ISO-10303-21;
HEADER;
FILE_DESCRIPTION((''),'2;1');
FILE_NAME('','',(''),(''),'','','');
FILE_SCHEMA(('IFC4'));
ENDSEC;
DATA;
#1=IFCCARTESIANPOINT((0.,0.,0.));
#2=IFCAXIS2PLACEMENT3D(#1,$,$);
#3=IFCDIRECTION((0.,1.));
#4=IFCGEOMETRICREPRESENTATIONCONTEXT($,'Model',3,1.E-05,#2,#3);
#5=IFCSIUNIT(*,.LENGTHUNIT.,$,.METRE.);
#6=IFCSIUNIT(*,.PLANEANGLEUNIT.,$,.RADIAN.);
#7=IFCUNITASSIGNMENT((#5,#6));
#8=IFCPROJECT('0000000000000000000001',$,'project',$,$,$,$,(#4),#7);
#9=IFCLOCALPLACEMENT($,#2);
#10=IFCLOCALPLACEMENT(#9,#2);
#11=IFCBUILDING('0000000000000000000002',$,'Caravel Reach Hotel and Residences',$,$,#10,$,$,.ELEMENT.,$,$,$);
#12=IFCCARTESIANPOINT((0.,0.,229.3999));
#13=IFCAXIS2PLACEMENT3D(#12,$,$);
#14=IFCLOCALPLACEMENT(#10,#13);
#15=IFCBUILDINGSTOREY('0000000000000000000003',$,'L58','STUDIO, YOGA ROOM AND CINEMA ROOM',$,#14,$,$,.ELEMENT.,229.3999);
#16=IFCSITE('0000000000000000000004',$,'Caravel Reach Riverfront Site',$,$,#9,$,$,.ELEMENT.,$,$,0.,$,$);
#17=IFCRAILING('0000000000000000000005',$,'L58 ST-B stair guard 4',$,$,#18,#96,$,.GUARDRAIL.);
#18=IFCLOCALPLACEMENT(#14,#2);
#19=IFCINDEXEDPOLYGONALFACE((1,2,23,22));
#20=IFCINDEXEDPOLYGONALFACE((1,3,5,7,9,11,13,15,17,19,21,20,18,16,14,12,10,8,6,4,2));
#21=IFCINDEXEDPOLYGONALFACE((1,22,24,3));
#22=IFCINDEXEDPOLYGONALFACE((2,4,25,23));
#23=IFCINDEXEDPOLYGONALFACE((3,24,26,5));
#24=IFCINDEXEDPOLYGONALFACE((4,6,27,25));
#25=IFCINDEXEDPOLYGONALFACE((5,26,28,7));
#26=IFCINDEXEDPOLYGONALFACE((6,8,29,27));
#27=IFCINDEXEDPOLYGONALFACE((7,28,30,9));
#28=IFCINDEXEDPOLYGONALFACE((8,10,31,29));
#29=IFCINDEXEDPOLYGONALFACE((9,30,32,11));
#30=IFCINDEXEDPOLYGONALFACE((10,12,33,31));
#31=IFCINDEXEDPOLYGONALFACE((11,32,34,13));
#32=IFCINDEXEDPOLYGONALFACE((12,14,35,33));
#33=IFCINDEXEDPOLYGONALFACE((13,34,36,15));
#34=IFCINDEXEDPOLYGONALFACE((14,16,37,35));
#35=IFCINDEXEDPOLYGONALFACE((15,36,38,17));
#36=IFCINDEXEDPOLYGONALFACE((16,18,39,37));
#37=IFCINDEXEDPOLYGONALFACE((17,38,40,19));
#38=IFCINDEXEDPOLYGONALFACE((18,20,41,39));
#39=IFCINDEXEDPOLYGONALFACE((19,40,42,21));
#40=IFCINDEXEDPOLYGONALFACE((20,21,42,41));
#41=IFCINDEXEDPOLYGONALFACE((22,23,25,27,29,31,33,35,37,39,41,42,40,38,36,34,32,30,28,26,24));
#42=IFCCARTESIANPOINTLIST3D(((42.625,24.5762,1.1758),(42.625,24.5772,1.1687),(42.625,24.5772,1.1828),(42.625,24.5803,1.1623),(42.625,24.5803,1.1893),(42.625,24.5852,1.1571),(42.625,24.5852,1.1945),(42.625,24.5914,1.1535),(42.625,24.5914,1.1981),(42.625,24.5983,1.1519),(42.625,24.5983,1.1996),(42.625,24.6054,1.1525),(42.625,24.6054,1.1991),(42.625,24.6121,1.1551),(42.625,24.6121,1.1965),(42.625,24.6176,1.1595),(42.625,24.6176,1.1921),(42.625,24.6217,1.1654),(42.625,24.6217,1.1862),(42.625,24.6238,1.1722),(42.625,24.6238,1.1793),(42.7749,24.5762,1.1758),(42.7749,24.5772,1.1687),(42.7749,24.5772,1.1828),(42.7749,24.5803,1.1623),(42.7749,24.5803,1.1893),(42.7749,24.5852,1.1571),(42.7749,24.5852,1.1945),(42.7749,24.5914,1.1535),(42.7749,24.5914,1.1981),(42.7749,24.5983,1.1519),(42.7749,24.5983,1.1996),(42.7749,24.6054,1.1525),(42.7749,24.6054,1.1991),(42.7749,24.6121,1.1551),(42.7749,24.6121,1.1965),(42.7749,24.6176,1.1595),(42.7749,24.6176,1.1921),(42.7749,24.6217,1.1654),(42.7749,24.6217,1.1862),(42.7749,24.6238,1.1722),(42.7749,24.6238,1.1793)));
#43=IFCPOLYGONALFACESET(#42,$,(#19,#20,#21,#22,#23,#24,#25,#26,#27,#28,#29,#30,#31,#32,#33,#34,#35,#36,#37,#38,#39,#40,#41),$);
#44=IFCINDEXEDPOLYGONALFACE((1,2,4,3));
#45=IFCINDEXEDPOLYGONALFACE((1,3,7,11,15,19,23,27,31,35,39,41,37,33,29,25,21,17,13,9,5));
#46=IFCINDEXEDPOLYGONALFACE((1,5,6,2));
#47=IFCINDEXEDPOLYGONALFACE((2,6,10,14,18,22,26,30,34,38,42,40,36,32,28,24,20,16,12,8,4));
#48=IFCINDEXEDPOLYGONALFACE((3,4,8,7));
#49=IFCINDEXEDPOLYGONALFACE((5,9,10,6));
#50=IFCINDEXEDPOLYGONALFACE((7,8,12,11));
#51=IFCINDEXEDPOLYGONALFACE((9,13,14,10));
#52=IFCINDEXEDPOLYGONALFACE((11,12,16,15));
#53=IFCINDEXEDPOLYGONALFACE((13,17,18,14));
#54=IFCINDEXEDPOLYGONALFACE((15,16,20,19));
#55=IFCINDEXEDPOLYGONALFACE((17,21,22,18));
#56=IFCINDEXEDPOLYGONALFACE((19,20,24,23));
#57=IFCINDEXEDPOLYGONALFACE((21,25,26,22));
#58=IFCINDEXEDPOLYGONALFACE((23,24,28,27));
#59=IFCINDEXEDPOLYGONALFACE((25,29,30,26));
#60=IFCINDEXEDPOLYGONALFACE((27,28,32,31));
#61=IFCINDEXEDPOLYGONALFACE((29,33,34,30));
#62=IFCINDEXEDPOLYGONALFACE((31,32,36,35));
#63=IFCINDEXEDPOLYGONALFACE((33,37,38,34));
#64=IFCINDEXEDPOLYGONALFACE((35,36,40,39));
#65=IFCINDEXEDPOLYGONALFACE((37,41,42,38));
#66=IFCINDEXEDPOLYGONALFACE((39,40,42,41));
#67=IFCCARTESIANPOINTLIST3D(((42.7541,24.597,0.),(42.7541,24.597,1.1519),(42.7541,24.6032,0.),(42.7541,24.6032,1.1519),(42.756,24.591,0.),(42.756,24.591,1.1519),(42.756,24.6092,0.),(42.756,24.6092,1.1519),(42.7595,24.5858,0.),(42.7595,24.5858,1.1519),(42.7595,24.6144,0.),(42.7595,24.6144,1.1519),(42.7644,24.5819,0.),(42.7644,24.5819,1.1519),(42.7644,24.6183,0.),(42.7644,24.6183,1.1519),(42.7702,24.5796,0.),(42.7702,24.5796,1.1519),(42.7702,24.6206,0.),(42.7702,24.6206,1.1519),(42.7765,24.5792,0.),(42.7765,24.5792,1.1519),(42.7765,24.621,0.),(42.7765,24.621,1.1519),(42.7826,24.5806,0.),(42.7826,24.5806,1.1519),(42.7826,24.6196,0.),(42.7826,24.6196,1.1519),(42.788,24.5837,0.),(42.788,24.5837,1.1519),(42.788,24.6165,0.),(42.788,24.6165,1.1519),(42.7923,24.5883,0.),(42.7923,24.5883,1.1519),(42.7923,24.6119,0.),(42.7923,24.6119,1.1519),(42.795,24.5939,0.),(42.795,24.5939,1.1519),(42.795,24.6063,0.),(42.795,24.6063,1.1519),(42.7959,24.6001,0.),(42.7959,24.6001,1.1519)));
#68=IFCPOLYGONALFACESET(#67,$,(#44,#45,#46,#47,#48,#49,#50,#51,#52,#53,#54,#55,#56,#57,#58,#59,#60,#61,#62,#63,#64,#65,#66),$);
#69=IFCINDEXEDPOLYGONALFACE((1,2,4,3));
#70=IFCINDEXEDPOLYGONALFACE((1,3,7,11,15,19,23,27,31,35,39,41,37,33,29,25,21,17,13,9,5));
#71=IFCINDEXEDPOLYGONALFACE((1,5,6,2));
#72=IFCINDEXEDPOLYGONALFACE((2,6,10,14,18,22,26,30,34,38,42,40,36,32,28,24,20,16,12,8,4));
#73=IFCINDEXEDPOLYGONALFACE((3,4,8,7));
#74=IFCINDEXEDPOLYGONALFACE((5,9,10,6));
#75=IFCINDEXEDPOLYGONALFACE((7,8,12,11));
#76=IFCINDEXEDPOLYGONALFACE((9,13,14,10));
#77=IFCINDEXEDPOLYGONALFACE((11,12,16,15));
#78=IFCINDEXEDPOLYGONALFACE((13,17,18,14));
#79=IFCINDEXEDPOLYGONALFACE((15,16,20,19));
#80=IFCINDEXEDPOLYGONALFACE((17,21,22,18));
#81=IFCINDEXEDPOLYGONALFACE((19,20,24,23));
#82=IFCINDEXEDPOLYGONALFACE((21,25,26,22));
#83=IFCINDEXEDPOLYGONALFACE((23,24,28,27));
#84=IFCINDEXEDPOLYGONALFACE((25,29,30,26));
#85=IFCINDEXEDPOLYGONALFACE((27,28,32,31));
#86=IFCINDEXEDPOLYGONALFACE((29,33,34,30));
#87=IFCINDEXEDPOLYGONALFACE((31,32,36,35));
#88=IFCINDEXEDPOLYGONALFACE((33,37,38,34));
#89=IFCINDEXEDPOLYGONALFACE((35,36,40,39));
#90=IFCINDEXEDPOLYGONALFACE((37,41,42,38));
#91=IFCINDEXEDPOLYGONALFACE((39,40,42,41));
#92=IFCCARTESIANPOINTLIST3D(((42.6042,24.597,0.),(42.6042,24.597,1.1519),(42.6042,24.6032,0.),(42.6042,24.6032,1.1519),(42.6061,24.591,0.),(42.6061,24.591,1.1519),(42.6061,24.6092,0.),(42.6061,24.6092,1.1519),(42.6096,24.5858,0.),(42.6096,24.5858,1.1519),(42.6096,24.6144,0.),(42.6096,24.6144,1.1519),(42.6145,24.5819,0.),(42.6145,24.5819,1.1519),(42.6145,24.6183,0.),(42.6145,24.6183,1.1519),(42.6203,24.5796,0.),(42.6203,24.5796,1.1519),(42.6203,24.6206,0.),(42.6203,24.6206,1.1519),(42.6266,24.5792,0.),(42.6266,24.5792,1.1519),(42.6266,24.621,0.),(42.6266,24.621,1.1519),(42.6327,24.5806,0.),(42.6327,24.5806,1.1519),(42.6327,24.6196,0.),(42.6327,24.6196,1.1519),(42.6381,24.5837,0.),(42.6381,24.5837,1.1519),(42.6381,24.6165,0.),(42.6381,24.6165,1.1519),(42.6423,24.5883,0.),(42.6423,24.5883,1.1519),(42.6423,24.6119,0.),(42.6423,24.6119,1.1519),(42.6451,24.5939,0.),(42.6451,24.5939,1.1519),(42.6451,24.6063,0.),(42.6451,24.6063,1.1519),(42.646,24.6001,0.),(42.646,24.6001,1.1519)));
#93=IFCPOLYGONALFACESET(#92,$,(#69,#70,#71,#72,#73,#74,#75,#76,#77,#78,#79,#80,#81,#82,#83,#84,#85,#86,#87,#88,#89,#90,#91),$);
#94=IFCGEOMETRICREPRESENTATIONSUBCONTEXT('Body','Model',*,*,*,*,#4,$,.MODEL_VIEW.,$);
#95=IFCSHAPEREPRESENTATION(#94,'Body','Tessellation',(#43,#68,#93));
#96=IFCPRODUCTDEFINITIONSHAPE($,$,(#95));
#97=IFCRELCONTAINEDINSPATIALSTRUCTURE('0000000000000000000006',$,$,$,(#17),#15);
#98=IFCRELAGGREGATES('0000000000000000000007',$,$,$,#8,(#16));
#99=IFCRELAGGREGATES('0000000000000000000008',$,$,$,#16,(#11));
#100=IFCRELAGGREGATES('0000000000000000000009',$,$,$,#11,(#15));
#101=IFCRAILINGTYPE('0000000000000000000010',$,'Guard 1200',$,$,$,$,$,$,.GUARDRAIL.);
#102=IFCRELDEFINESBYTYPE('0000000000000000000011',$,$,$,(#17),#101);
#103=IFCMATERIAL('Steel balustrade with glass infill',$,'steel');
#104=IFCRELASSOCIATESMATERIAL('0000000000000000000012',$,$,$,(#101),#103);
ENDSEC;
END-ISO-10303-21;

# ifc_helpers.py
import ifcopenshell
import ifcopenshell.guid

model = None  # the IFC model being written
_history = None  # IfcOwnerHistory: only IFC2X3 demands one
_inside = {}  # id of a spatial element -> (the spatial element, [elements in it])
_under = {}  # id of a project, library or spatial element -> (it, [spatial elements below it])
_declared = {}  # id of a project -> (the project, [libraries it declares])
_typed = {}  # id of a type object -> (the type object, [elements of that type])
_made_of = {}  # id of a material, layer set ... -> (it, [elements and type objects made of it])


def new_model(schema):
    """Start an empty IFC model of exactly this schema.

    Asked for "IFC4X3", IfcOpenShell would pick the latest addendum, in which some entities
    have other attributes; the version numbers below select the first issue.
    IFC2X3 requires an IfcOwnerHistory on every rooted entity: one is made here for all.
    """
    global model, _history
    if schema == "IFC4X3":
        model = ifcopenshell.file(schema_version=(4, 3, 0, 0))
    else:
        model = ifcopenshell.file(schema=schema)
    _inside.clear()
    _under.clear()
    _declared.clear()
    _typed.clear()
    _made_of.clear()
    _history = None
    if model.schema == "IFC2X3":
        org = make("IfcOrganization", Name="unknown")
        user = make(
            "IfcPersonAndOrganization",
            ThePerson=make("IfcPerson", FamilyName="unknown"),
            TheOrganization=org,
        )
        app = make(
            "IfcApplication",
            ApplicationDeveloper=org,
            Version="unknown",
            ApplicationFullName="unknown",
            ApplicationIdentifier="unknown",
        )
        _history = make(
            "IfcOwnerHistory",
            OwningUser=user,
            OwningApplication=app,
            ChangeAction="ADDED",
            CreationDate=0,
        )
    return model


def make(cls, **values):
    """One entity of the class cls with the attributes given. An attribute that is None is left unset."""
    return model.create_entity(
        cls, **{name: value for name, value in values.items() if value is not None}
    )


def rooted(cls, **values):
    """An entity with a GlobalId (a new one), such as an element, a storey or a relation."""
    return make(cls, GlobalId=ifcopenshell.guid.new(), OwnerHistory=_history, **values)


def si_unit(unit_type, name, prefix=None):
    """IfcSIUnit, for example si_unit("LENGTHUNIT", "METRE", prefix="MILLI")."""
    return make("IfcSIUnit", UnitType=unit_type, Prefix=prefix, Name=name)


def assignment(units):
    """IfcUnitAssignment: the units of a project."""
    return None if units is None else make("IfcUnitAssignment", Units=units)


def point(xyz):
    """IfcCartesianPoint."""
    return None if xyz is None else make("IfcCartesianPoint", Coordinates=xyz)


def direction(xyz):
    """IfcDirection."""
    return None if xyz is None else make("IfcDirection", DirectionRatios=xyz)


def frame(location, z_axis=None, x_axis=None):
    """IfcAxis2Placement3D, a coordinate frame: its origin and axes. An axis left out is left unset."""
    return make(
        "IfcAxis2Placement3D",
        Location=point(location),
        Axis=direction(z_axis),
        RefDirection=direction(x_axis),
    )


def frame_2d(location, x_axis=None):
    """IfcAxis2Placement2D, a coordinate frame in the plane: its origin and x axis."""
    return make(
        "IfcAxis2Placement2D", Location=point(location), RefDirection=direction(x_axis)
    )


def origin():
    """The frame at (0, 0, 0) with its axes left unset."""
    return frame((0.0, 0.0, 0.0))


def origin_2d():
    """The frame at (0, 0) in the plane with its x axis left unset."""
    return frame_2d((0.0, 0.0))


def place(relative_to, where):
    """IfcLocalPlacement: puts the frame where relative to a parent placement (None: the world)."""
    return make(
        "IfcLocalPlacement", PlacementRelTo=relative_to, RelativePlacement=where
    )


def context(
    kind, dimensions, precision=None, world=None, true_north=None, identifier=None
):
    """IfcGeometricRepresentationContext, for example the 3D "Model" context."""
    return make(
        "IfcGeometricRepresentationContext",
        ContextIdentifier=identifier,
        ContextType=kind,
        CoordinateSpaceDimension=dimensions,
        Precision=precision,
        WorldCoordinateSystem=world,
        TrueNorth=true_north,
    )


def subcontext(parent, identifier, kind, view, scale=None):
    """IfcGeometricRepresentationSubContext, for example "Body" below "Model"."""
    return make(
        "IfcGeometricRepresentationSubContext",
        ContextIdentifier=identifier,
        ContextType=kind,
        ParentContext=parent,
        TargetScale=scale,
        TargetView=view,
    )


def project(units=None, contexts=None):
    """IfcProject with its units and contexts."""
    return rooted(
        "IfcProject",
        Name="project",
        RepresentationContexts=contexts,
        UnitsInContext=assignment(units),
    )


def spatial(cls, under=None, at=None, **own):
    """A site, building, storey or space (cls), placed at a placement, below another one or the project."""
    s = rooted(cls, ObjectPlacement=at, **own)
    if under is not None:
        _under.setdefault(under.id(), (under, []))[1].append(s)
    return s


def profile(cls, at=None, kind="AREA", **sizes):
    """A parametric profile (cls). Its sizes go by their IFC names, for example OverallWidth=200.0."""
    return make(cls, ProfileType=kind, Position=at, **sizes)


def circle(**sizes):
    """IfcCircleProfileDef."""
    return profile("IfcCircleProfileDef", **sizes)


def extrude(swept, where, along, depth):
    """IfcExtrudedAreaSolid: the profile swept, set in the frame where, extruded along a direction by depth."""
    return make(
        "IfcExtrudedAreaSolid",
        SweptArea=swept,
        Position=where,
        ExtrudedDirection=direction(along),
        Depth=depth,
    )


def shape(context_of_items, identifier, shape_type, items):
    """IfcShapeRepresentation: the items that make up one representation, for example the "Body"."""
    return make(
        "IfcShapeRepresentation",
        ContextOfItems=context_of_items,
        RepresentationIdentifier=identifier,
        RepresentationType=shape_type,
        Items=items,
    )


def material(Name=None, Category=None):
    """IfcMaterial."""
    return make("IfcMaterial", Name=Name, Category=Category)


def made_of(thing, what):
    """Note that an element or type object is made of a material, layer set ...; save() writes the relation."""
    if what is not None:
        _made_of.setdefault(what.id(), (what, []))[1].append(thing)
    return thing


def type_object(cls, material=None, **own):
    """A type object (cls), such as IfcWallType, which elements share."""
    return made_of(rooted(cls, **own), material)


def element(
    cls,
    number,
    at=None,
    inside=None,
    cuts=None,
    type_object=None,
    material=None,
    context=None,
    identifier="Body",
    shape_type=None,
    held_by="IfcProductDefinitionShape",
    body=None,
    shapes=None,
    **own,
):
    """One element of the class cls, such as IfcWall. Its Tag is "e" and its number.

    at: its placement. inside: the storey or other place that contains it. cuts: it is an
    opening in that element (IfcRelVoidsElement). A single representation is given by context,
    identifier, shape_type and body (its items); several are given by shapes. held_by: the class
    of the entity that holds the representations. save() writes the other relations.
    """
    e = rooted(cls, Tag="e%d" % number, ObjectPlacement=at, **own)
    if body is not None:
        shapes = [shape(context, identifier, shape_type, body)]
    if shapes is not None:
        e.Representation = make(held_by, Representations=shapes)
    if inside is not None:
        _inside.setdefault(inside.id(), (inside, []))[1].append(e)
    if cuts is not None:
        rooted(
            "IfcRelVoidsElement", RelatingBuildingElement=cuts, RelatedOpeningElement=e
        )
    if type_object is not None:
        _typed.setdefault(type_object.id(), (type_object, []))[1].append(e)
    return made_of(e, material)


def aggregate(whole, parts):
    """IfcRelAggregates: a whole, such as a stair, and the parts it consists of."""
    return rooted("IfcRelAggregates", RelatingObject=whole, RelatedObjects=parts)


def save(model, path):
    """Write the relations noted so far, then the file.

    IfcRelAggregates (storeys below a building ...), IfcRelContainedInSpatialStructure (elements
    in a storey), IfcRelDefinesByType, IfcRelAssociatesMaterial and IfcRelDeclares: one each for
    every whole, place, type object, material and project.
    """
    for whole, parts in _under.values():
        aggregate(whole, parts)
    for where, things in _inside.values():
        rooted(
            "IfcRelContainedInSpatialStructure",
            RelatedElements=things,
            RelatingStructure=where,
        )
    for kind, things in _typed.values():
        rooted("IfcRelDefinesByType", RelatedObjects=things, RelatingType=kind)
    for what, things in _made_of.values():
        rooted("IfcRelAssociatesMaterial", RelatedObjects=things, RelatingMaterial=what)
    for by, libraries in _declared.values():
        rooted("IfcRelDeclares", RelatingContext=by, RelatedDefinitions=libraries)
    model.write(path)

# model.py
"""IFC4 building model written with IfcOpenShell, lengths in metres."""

from ifc_helpers import new_model, si_unit, direction, frame, origin, origin_2d, place, context, subcontext, project, spatial, circle, extrude, material, type_object, element, save


model = new_model("IFC4")

# Units and contexts
model_context = context("Model", 3, precision=1e-05, world=origin(), true_north=direction((0.0, 1.0)))
body_context = subcontext(model_context, "Body", "Model", "MODEL_VIEW")
ifc_project = project(units=[si_unit("LENGTHUNIT", "METRE"), si_unit("PLANEANGLEUNIT", "RADIAN")], contexts=[model_context])

# Site, building, storey
site_placement = place(None, origin())
site = spatial("IfcSite", under=ifc_project, at=site_placement, Name="Caravel Reach Riverfront Site", CompositionType="ELEMENT", RefElevation=0.0)
building_placement = place(site_placement, origin())
building = spatial("IfcBuilding", under=site, at=building_placement, Name="Caravel Reach Hotel and Residences", CompositionType="ELEMENT")
storey_placement = place(building_placement, frame((0.0, 0.0, 229.3999)))
storey = spatial("IfcBuildingStorey", under=building, at=storey_placement, Name="L58", Description="STUDIO, YOGA ROOM AND CINEMA ROOM", CompositionType="ELEMENT", Elevation=229.3999)

# Railing
ifc_material_1 = material(Name="Steel balustrade with glass infill", Category="steel")
railing_type_1 = type_object("IfcRailingType", Name="Guard 1200", PredefinedType="GUARDRAIL", material=ifc_material_1)
railing_1_placement = place(storey_placement, frame((42.7749, 24.6001, 0.0)))
element("IfcRailing", 1, at=railing_1_placement, inside=storey, type_object=railing_type_1, Name="L58 ST-B stair guard 4", PredefinedType="GUARDRAIL", context=body_context, shape_type="SweptSolid", body=[
    extrude(circle(Radius=0.0239, at=origin_2d()), frame((0.0, 0.0, 1.1758), z_axis=(-1.0, 0.0, 0.0), x_axis=(0.0, -1.0, 0.0)), (0.0, 0.0, 1.0), 0.1499),
    extrude(circle(Radius=0.021, at=origin_2d()), origin(), (0.0, 0.0, 1.0), 1.1519),
    extrude(circle(Radius=0.021, at=origin_2d()), frame((-0.1499, 0.0, 0.0)), (0.0, 0.0, 1.0), 1.1519),
])

save(model, "model.ifc")
